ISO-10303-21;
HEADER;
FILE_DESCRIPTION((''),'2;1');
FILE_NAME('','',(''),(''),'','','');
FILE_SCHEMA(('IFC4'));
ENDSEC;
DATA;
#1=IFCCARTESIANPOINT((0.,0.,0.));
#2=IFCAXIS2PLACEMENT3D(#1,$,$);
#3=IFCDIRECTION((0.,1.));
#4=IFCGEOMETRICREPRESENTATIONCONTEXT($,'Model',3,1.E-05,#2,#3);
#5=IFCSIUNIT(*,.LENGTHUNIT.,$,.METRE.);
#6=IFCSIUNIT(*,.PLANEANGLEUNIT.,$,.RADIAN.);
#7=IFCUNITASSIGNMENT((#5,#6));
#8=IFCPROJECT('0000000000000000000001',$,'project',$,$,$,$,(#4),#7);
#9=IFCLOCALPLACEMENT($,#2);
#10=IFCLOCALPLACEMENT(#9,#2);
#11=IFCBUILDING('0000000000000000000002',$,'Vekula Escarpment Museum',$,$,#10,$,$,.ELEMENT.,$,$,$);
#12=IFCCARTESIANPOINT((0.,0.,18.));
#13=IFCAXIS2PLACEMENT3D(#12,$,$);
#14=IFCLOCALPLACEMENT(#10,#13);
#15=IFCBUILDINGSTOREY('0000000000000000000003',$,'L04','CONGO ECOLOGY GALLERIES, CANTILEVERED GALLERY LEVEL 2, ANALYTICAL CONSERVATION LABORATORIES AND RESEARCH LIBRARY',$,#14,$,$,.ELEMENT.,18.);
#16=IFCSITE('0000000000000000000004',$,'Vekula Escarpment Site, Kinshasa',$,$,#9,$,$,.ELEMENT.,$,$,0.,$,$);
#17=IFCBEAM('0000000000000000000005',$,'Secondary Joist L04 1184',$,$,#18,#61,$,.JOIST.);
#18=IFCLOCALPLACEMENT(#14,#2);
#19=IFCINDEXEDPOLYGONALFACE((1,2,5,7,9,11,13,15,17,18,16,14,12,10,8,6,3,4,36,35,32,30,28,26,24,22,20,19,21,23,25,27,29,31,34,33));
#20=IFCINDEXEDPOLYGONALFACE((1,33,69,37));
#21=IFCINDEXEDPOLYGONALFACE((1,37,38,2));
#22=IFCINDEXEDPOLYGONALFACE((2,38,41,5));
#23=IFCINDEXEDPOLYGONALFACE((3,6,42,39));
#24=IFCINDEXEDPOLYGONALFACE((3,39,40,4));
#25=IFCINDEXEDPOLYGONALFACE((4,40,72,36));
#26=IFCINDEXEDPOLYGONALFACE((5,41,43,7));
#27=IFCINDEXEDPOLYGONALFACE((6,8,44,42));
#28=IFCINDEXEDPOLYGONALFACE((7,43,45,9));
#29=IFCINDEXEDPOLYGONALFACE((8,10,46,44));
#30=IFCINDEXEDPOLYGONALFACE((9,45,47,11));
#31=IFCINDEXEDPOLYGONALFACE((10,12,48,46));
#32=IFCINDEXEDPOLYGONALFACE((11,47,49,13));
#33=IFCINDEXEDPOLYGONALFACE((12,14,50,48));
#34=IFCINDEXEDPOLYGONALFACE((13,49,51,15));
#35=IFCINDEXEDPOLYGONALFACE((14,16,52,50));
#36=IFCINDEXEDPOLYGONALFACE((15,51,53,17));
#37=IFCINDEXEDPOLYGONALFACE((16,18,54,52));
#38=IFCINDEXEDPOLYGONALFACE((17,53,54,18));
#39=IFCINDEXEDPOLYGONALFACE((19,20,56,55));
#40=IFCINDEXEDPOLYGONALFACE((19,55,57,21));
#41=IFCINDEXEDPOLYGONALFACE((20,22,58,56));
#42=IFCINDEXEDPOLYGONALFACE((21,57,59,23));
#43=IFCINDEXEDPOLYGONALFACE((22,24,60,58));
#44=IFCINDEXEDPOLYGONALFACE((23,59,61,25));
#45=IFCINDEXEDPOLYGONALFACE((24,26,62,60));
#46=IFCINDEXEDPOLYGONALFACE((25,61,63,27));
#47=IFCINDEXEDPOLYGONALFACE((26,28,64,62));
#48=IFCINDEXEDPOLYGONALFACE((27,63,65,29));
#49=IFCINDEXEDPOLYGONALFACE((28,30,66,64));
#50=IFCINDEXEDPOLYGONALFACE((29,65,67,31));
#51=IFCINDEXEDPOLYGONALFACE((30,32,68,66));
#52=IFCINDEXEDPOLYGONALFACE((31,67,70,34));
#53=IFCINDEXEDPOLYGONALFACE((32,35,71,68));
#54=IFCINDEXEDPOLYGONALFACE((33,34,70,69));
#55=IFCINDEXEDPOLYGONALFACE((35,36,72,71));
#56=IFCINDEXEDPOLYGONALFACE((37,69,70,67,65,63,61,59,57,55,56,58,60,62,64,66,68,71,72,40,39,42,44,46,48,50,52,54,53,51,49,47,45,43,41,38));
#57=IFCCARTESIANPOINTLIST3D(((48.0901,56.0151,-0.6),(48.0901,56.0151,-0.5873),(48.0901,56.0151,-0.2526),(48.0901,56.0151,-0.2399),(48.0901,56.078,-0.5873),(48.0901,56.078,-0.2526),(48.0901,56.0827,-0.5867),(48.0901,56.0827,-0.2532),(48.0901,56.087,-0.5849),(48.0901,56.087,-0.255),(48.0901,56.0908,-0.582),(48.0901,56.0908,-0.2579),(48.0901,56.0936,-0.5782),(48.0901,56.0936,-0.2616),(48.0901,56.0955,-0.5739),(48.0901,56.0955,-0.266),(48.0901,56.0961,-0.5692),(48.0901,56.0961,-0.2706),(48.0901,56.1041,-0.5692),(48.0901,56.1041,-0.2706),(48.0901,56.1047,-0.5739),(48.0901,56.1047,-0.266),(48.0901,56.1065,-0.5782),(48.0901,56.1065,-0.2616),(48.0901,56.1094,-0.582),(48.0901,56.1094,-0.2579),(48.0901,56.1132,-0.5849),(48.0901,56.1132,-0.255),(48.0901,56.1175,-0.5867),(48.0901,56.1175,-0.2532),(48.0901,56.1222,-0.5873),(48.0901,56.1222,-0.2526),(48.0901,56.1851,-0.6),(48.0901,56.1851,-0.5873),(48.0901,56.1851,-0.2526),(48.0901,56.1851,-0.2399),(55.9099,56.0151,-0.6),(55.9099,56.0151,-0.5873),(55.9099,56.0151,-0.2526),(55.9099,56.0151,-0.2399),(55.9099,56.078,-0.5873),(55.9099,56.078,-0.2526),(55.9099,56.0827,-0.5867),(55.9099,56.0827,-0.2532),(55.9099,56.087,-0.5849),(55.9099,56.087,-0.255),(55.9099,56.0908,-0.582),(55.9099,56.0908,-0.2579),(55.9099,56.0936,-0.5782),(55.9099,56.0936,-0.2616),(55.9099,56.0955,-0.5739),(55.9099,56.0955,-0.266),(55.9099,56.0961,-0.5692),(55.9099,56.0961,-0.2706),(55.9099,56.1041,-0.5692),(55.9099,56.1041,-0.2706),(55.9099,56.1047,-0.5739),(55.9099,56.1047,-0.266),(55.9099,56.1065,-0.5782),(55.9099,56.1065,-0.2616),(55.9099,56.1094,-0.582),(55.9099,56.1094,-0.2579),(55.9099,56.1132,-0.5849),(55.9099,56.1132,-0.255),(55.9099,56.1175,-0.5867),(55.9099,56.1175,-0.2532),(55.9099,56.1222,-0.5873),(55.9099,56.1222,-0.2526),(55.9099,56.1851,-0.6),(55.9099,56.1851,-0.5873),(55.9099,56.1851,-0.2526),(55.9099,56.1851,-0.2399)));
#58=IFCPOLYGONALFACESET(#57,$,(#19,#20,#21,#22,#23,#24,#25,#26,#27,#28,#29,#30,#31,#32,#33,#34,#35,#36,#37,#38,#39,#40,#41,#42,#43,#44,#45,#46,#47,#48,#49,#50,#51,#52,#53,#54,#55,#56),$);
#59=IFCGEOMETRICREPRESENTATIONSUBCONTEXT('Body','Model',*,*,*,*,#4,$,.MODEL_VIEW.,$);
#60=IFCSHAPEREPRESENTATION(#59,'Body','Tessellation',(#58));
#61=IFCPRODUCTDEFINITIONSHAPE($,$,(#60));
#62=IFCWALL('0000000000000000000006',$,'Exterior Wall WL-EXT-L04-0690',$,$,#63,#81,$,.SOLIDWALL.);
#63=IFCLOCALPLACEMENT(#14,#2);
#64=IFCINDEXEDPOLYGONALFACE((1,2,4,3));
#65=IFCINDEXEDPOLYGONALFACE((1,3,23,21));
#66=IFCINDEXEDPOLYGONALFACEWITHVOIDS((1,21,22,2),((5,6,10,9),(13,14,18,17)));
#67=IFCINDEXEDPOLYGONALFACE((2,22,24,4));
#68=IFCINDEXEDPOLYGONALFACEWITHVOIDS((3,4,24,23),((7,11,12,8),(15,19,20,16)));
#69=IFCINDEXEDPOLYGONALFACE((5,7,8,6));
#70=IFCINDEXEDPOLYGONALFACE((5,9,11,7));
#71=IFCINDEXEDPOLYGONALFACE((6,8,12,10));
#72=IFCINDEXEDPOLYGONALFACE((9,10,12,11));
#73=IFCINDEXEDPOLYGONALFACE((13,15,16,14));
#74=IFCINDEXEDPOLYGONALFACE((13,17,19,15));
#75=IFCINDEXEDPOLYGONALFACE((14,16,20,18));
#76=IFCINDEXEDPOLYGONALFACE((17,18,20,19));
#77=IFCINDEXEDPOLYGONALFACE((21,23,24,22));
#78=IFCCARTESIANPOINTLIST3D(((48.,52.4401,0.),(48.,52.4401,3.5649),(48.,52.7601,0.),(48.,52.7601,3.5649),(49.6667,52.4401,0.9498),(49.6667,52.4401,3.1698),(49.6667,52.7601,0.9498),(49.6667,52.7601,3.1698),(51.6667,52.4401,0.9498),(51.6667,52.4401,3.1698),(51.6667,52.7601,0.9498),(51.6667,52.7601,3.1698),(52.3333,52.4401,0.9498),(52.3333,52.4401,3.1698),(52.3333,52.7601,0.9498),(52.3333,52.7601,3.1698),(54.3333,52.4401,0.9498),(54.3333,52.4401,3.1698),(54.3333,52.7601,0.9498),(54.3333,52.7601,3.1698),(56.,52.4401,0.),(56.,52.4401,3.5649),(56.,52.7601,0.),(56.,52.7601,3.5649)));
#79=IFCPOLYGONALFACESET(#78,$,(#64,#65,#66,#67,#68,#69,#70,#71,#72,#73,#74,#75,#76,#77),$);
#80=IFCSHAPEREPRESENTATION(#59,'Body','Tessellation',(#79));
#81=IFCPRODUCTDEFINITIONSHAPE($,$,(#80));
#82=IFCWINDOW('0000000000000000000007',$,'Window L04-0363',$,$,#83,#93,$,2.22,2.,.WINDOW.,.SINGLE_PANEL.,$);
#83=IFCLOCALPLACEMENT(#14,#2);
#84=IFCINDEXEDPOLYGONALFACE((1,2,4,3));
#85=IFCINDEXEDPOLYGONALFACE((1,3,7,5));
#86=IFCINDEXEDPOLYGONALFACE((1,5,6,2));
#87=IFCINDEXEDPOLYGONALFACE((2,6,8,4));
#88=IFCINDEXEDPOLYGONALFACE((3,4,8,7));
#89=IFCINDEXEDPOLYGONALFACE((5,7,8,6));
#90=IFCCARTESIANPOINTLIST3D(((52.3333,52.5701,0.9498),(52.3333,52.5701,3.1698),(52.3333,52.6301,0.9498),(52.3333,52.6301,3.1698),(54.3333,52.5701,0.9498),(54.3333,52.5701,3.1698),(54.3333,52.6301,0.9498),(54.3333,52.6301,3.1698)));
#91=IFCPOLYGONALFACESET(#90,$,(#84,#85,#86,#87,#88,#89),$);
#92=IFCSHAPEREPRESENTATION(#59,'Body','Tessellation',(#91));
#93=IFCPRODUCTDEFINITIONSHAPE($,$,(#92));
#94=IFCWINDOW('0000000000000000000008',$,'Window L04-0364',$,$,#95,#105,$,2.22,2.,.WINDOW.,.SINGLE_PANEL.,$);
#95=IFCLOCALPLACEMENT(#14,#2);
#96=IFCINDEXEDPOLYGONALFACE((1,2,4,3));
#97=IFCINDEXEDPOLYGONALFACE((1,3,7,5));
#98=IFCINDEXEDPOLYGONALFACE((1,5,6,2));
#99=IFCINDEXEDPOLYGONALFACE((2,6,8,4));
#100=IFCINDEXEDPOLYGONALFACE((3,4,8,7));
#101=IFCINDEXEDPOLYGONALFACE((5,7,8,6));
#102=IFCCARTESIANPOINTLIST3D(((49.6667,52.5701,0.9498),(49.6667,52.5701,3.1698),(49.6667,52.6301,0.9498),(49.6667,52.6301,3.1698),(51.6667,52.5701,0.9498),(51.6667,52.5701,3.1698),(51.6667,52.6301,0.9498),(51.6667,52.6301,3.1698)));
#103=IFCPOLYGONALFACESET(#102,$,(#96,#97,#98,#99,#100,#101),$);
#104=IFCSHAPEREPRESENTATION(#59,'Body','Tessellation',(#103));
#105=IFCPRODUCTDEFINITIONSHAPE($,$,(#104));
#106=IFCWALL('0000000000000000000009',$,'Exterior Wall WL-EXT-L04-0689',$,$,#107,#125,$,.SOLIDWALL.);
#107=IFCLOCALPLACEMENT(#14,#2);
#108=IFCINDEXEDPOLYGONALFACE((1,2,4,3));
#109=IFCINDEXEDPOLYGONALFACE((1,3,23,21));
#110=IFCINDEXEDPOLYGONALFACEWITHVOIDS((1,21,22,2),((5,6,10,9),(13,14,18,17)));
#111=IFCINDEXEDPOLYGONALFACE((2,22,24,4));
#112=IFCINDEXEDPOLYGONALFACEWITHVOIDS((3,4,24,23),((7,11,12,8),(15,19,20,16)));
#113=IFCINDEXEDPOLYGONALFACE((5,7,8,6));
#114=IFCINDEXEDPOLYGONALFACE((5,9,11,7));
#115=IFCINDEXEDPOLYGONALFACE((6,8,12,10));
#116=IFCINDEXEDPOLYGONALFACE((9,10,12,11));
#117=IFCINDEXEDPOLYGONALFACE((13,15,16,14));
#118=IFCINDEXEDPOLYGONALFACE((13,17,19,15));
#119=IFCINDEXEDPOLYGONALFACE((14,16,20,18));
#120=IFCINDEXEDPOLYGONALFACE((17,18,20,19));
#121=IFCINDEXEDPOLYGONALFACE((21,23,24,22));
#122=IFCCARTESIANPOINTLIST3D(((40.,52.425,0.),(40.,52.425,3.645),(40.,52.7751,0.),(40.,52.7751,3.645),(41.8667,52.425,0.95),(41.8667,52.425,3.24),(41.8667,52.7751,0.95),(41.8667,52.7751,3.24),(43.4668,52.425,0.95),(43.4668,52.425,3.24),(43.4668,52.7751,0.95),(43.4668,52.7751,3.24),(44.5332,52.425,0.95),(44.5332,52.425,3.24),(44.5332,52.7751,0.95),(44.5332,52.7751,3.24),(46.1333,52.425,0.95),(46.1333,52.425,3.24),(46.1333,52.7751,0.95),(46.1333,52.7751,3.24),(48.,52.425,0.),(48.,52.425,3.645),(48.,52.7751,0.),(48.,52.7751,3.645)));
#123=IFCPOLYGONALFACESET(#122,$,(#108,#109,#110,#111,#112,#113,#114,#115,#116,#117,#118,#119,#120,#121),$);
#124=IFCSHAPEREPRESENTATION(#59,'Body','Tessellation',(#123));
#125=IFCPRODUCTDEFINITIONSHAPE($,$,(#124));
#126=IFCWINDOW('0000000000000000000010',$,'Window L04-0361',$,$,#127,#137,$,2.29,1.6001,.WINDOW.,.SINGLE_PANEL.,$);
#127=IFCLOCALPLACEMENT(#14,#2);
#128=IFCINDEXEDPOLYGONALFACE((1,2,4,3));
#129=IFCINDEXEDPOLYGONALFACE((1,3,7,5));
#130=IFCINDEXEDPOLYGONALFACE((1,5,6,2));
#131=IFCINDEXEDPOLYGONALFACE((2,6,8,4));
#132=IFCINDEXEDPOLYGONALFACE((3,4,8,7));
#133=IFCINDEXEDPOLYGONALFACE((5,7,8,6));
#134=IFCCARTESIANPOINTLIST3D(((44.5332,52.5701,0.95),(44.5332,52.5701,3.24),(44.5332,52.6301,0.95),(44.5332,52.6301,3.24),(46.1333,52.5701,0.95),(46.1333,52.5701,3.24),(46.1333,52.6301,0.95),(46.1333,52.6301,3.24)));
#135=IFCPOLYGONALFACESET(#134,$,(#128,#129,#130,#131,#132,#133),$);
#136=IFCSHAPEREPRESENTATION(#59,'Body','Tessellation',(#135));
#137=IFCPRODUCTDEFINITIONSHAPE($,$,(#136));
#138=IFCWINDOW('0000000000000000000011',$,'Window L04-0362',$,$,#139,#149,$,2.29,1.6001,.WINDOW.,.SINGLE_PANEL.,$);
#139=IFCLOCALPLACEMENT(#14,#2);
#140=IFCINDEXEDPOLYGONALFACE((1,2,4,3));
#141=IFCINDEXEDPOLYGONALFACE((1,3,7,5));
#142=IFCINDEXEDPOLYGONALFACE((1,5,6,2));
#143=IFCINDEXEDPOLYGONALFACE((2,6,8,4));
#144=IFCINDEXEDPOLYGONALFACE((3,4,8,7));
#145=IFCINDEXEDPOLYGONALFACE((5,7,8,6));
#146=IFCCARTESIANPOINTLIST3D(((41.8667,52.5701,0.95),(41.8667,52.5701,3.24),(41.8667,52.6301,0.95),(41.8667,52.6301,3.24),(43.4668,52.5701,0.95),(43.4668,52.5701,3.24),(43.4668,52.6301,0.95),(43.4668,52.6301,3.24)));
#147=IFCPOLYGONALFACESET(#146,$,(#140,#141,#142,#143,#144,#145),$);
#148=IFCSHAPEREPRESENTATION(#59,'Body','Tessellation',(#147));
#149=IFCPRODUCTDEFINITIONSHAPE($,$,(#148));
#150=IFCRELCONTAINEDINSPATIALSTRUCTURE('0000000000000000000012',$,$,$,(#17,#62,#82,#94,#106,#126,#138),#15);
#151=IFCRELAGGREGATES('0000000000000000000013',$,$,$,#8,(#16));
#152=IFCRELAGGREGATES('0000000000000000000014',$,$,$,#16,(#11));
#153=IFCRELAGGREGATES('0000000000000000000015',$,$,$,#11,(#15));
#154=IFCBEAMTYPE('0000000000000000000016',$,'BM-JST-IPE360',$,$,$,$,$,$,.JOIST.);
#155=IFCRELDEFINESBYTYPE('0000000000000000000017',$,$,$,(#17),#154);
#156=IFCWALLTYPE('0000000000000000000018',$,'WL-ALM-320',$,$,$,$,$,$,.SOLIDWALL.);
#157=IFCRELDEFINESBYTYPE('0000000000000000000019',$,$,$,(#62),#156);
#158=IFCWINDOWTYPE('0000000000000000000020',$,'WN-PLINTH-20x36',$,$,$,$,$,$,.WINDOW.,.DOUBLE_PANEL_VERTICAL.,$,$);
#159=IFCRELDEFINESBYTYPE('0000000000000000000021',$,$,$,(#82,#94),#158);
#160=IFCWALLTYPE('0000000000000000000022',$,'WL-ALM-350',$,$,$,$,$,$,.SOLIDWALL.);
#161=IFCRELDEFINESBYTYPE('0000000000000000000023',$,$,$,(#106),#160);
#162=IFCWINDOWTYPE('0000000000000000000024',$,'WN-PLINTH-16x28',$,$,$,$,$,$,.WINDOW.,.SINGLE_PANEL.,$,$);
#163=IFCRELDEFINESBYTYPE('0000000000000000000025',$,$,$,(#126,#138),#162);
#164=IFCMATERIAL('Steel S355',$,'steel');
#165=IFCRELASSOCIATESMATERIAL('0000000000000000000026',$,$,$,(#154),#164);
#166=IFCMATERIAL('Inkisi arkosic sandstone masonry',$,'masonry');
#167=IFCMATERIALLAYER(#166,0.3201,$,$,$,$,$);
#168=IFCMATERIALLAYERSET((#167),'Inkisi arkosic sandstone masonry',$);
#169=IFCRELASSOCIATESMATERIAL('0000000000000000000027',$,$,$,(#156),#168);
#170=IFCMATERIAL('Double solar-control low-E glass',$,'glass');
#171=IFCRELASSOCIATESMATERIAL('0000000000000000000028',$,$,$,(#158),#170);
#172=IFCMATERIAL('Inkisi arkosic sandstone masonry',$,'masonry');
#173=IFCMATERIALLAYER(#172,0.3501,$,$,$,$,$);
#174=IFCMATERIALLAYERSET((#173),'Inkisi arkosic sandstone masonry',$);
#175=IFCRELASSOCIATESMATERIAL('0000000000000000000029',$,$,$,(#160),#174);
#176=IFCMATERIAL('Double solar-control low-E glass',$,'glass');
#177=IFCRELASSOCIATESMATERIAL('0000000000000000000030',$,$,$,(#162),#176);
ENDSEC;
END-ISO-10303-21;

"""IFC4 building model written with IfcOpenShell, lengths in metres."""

from ifc_helpers import new_model, si_unit, direction, frame, frame_2d, origin, origin_2d, place, context, subcontext, project, spatial, rectangle, i_section, extrude, material, layer, layer_set, material_profile, profile_set, type_object, element, fill, save


model = new_model("IFC4")

# Units and contexts
model_context = context("Model", 3, precision=1e-05, world=origin(), true_north=direction((0.0, 1.0)))
body_context = subcontext(model_context, "Body", "Model", "MODEL_VIEW")
ifc_project = project(units=[si_unit("LENGTHUNIT", "METRE"), si_unit("PLANEANGLEUNIT", "RADIAN")], contexts=[model_context])

# Site, building, storey
site_placement = place(None, origin())
site = spatial("IfcSite", under=ifc_project, at=site_placement, Name="Vekula Escarpment Site, Kinshasa", CompositionType="ELEMENT", RefElevation=0.0)
building_placement = place(site_placement, origin())
building = spatial("IfcBuilding", under=site, at=building_placement, Name="Vekula Escarpment Museum", CompositionType="ELEMENT")
storey_placement = place(building_placement, frame((0.0, 0.0, 18.0)))
storey = spatial("IfcBuildingStorey", under=building, at=storey_placement, Name="L04", Description="CONGO ECOLOGY GALLERIES, CANTILEVERED GALLERY LEVEL 2, ANALYTICAL CONSERVATION LABORATORIES AND RESEARCH LIBRARY", CompositionType="ELEMENT", Elevation=18.0)

# Beam
ifc_material_1 = material(Name="Steel S355", Category="steel")
ifc_material_profile_1 = material_profile(ifc_material_1, i_section(OverallWidth=0.1699, OverallDepth=0.3601, WebThickness=0.0081, FlangeThickness=0.0127, FilletRadius=0.0181, at=origin_2d()), Name="IPE 360")
ifc_profile_set_1 = profile_set([ifc_material_profile_1], Name="Steel S355")
beam_type_1 = type_object("IfcBeamType", Name="BM-JST-IPE360", PredefinedType="JOIST", material=ifc_profile_set_1)
beam_1_placement = place(storey_placement, frame((48.0901, 56.1001, -0.4199), z_axis=(1.0, 0.0, 0.0), x_axis=(0.0, 1.0, 0.0)))
element("IfcBeam", 1, at=beam_1_placement, inside=storey, type_object=beam_type_1, Name="Secondary Joist L04 1184", PredefinedType="JOIST", context=body_context, shape_type="SweptSolid", body=[
    extrude(i_section(OverallWidth=0.1699, OverallDepth=0.3601, WebThickness=0.0081, FlangeThickness=0.0127, FilletRadius=0.0181, at=origin_2d()), origin(), (0.0, 0.0, 1.0), 7.8198),
])

# Walls, openings, windows
ifc_material_2 = material(Name="Inkisi arkosic sandstone masonry", Category="masonry")
ifc_layer_1 = layer(ifc_material_2, 0.3201)
ifc_layer_set_1 = layer_set([ifc_layer_1], Name="Inkisi arkosic sandstone masonry")
wall_type_1 = type_object("IfcWallType", Name="WL-ALM-320", PredefinedType="SOLIDWALL", material=ifc_layer_set_1)
wall_1_placement = place(storey_placement, frame((56.0, 52.6001, 0.0), z_axis=(0.0, 0.0, 1.0), x_axis=(-1.0, 0.0, 0.0)))
wall_1 = element("IfcWall", 2, at=wall_1_placement, inside=storey, type_object=wall_type_1, Name="Exterior Wall WL-EXT-L04-0690", PredefinedType="SOLIDWALL", context=body_context, shape_type="SweptSolid", body=[
    extrude(rectangle(XDim=8.0, YDim=0.3201, at=frame_2d((4.0, 0.0))), origin(), (0.0, 0.0, 1.0), 3.5649),
])
opening_1_placement = place(wall_1_placement, frame((1.6667, 0.0, 0.95)))
opening_1 = element("IfcOpeningElement", 3, at=opening_1_placement, cuts=wall_1, PredefinedType="OPENING", context=body_context, shape_type="SweptSolid", body=[
    extrude(rectangle(XDim=2.0, YDim=2.22, at=frame_2d((1.0, 1.1099))), frame((0.0, 0.1699, 0.0), z_axis=(0.0, -1.0, 0.0), x_axis=(1.0, 0.0, 0.0)), (0.0, 0.0, 1.0), 0.3401),
])
opening_2_placement = place(wall_1_placement, frame((4.3333, 0.0, 0.95)))
opening_2 = element("IfcOpeningElement", 4, at=opening_2_placement, cuts=wall_1, PredefinedType="OPENING", context=body_context, shape_type="SweptSolid", body=[
    extrude(rectangle(XDim=2.0, YDim=2.22, at=frame_2d((1.0, 1.1099))), frame((0.0, 0.1699, 0.0), z_axis=(0.0, -1.0, 0.0), x_axis=(1.0, 0.0, 0.0)), (0.0, 0.0, 1.0), 0.3401),
])
ifc_material_3 = material(Name="Double solar-control low-E glass", Category="glass")
window_type_1 = type_object("IfcWindowType", Name="WN-PLINTH-20x36", PartitioningType="DOUBLE_PANEL_VERTICAL", PredefinedType="WINDOW", material=ifc_material_3)
window_1_placement = place(opening_1_placement, origin())
window_1 = element("IfcWindow", 5, at=window_1_placement, inside=storey, type_object=window_type_1, Name="Window L04-0363", OverallHeight=2.22, OverallWidth=2.0, PartitioningType="SINGLE_PANEL", PredefinedType="WINDOW", context=body_context, shape_type="SweptSolid", body=[
    extrude(rectangle(XDim=2.0, YDim=2.22, at=frame_2d((1.0, 1.1099))), frame((0.0, 0.03, 0.0), z_axis=(0.0, -1.0, 0.0), x_axis=(1.0, 0.0, 0.0)), (0.0, 0.0, 1.0), 0.0601),
])
fill(opening_1, window_1)
window_2_placement = place(opening_2_placement, origin())
window_2 = element("IfcWindow", 6, at=window_2_placement, inside=storey, type_object=window_type_1, Name="Window L04-0364", OverallHeight=2.22, OverallWidth=2.0, PartitioningType="SINGLE_PANEL", PredefinedType="WINDOW", context=body_context, shape_type="SweptSolid", body=[
    extrude(rectangle(XDim=2.0, YDim=2.22, at=frame_2d((1.0, 1.1099))), frame((0.0, 0.03, 0.0), z_axis=(0.0, -1.0, 0.0), x_axis=(1.0, 0.0, 0.0)), (0.0, 0.0, 1.0), 0.0601),
])
fill(opening_2, window_2)
ifc_material_4 = material(Name="Inkisi arkosic sandstone masonry", Category="masonry")
ifc_layer_2 = layer(ifc_material_4, 0.3501)
ifc_layer_set_2 = layer_set([ifc_layer_2], Name="Inkisi arkosic sandstone masonry")
wall_type_2 = type_object("IfcWallType", Name="WL-ALM-350", PredefinedType="SOLIDWALL", material=ifc_layer_set_2)
wall_2_placement = place(storey_placement, frame((48.0, 52.6001, 0.0), z_axis=(0.0, 0.0, 1.0), x_axis=(-1.0, 0.0, 0.0)))
wall_2 = element("IfcWall", 7, at=wall_2_placement, inside=storey, type_object=wall_type_2, Name="Exterior Wall WL-EXT-L04-0689", PredefinedType="SOLIDWALL", context=body_context, shape_type="SweptSolid", body=[
    extrude(rectangle(XDim=8.0, YDim=0.3501, at=frame_2d((4.0, 0.0))), origin(), (0.0, 0.0, 1.0), 3.645),
])
opening_3_placement = place(wall_2_placement, frame((1.8667, 0.0, 0.95)))
opening_3 = element("IfcOpeningElement", 8, at=opening_3_placement, cuts=wall_2, PredefinedType="OPENING", context=body_context, shape_type="SweptSolid", body=[
    extrude(rectangle(XDim=1.6001, YDim=2.29, at=frame_2d((0.8, 1.145))), frame((0.0, 0.1851, 0.0), z_axis=(0.0, -1.0, 0.0), x_axis=(1.0, 0.0, 0.0)), (0.0, 0.0, 1.0), 0.3701),
])
opening_4_placement = place(wall_2_placement, frame((4.5332, 0.0, 0.95)))
opening_4 = element("IfcOpeningElement", 9, at=opening_4_placement, cuts=wall_2, PredefinedType="OPENING", context=body_context, shape_type="SweptSolid", body=[
    extrude(rectangle(XDim=1.6001, YDim=2.29, at=frame_2d((0.8, 1.145))), frame((0.0, 0.1851, 0.0), z_axis=(0.0, -1.0, 0.0), x_axis=(1.0, 0.0, 0.0)), (0.0, 0.0, 1.0), 0.3701),
])
ifc_material_5 = material(Name="Double solar-control low-E glass", Category="glass")
window_type_2 = type_object("IfcWindowType", Name="WN-PLINTH-16x28", PartitioningType="SINGLE_PANEL", PredefinedType="WINDOW", material=ifc_material_5)
window_3_placement = place(opening_3_placement, origin())
window_3 = element("IfcWindow", 10, at=window_3_placement, inside=storey, type_object=window_type_2, Name="Window L04-0361", OverallHeight=2.29, OverallWidth=1.6001, PartitioningType="SINGLE_PANEL", PredefinedType="WINDOW", context=body_context, shape_type="SweptSolid", body=[
    extrude(rectangle(XDim=1.6001, YDim=2.29, at=frame_2d((0.8, 1.145))), frame((0.0, 0.03, 0.0), z_axis=(0.0, -1.0, 0.0), x_axis=(1.0, 0.0, 0.0)), (0.0, 0.0, 1.0), 0.0601),
])
fill(opening_3, window_3)
window_4_placement = place(opening_4_placement, origin())
window_4 = element("IfcWindow", 11, at=window_4_placement, inside=storey, type_object=window_type_2, Name="Window L04-0362", OverallHeight=2.29, OverallWidth=1.6001, PartitioningType="SINGLE_PANEL", PredefinedType="WINDOW", context=body_context, shape_type="SweptSolid", body=[
    extrude(rectangle(XDim=1.6001, YDim=2.29, at=frame_2d((0.8, 1.145))), frame((0.0, 0.03, 0.0), z_axis=(0.0, -1.0, 0.0), x_axis=(1.0, 0.0, 0.0)), (0.0, 0.0, 1.0), 0.0601),
])
fill(opening_4, window_4)

save(model, "model.ifc")
